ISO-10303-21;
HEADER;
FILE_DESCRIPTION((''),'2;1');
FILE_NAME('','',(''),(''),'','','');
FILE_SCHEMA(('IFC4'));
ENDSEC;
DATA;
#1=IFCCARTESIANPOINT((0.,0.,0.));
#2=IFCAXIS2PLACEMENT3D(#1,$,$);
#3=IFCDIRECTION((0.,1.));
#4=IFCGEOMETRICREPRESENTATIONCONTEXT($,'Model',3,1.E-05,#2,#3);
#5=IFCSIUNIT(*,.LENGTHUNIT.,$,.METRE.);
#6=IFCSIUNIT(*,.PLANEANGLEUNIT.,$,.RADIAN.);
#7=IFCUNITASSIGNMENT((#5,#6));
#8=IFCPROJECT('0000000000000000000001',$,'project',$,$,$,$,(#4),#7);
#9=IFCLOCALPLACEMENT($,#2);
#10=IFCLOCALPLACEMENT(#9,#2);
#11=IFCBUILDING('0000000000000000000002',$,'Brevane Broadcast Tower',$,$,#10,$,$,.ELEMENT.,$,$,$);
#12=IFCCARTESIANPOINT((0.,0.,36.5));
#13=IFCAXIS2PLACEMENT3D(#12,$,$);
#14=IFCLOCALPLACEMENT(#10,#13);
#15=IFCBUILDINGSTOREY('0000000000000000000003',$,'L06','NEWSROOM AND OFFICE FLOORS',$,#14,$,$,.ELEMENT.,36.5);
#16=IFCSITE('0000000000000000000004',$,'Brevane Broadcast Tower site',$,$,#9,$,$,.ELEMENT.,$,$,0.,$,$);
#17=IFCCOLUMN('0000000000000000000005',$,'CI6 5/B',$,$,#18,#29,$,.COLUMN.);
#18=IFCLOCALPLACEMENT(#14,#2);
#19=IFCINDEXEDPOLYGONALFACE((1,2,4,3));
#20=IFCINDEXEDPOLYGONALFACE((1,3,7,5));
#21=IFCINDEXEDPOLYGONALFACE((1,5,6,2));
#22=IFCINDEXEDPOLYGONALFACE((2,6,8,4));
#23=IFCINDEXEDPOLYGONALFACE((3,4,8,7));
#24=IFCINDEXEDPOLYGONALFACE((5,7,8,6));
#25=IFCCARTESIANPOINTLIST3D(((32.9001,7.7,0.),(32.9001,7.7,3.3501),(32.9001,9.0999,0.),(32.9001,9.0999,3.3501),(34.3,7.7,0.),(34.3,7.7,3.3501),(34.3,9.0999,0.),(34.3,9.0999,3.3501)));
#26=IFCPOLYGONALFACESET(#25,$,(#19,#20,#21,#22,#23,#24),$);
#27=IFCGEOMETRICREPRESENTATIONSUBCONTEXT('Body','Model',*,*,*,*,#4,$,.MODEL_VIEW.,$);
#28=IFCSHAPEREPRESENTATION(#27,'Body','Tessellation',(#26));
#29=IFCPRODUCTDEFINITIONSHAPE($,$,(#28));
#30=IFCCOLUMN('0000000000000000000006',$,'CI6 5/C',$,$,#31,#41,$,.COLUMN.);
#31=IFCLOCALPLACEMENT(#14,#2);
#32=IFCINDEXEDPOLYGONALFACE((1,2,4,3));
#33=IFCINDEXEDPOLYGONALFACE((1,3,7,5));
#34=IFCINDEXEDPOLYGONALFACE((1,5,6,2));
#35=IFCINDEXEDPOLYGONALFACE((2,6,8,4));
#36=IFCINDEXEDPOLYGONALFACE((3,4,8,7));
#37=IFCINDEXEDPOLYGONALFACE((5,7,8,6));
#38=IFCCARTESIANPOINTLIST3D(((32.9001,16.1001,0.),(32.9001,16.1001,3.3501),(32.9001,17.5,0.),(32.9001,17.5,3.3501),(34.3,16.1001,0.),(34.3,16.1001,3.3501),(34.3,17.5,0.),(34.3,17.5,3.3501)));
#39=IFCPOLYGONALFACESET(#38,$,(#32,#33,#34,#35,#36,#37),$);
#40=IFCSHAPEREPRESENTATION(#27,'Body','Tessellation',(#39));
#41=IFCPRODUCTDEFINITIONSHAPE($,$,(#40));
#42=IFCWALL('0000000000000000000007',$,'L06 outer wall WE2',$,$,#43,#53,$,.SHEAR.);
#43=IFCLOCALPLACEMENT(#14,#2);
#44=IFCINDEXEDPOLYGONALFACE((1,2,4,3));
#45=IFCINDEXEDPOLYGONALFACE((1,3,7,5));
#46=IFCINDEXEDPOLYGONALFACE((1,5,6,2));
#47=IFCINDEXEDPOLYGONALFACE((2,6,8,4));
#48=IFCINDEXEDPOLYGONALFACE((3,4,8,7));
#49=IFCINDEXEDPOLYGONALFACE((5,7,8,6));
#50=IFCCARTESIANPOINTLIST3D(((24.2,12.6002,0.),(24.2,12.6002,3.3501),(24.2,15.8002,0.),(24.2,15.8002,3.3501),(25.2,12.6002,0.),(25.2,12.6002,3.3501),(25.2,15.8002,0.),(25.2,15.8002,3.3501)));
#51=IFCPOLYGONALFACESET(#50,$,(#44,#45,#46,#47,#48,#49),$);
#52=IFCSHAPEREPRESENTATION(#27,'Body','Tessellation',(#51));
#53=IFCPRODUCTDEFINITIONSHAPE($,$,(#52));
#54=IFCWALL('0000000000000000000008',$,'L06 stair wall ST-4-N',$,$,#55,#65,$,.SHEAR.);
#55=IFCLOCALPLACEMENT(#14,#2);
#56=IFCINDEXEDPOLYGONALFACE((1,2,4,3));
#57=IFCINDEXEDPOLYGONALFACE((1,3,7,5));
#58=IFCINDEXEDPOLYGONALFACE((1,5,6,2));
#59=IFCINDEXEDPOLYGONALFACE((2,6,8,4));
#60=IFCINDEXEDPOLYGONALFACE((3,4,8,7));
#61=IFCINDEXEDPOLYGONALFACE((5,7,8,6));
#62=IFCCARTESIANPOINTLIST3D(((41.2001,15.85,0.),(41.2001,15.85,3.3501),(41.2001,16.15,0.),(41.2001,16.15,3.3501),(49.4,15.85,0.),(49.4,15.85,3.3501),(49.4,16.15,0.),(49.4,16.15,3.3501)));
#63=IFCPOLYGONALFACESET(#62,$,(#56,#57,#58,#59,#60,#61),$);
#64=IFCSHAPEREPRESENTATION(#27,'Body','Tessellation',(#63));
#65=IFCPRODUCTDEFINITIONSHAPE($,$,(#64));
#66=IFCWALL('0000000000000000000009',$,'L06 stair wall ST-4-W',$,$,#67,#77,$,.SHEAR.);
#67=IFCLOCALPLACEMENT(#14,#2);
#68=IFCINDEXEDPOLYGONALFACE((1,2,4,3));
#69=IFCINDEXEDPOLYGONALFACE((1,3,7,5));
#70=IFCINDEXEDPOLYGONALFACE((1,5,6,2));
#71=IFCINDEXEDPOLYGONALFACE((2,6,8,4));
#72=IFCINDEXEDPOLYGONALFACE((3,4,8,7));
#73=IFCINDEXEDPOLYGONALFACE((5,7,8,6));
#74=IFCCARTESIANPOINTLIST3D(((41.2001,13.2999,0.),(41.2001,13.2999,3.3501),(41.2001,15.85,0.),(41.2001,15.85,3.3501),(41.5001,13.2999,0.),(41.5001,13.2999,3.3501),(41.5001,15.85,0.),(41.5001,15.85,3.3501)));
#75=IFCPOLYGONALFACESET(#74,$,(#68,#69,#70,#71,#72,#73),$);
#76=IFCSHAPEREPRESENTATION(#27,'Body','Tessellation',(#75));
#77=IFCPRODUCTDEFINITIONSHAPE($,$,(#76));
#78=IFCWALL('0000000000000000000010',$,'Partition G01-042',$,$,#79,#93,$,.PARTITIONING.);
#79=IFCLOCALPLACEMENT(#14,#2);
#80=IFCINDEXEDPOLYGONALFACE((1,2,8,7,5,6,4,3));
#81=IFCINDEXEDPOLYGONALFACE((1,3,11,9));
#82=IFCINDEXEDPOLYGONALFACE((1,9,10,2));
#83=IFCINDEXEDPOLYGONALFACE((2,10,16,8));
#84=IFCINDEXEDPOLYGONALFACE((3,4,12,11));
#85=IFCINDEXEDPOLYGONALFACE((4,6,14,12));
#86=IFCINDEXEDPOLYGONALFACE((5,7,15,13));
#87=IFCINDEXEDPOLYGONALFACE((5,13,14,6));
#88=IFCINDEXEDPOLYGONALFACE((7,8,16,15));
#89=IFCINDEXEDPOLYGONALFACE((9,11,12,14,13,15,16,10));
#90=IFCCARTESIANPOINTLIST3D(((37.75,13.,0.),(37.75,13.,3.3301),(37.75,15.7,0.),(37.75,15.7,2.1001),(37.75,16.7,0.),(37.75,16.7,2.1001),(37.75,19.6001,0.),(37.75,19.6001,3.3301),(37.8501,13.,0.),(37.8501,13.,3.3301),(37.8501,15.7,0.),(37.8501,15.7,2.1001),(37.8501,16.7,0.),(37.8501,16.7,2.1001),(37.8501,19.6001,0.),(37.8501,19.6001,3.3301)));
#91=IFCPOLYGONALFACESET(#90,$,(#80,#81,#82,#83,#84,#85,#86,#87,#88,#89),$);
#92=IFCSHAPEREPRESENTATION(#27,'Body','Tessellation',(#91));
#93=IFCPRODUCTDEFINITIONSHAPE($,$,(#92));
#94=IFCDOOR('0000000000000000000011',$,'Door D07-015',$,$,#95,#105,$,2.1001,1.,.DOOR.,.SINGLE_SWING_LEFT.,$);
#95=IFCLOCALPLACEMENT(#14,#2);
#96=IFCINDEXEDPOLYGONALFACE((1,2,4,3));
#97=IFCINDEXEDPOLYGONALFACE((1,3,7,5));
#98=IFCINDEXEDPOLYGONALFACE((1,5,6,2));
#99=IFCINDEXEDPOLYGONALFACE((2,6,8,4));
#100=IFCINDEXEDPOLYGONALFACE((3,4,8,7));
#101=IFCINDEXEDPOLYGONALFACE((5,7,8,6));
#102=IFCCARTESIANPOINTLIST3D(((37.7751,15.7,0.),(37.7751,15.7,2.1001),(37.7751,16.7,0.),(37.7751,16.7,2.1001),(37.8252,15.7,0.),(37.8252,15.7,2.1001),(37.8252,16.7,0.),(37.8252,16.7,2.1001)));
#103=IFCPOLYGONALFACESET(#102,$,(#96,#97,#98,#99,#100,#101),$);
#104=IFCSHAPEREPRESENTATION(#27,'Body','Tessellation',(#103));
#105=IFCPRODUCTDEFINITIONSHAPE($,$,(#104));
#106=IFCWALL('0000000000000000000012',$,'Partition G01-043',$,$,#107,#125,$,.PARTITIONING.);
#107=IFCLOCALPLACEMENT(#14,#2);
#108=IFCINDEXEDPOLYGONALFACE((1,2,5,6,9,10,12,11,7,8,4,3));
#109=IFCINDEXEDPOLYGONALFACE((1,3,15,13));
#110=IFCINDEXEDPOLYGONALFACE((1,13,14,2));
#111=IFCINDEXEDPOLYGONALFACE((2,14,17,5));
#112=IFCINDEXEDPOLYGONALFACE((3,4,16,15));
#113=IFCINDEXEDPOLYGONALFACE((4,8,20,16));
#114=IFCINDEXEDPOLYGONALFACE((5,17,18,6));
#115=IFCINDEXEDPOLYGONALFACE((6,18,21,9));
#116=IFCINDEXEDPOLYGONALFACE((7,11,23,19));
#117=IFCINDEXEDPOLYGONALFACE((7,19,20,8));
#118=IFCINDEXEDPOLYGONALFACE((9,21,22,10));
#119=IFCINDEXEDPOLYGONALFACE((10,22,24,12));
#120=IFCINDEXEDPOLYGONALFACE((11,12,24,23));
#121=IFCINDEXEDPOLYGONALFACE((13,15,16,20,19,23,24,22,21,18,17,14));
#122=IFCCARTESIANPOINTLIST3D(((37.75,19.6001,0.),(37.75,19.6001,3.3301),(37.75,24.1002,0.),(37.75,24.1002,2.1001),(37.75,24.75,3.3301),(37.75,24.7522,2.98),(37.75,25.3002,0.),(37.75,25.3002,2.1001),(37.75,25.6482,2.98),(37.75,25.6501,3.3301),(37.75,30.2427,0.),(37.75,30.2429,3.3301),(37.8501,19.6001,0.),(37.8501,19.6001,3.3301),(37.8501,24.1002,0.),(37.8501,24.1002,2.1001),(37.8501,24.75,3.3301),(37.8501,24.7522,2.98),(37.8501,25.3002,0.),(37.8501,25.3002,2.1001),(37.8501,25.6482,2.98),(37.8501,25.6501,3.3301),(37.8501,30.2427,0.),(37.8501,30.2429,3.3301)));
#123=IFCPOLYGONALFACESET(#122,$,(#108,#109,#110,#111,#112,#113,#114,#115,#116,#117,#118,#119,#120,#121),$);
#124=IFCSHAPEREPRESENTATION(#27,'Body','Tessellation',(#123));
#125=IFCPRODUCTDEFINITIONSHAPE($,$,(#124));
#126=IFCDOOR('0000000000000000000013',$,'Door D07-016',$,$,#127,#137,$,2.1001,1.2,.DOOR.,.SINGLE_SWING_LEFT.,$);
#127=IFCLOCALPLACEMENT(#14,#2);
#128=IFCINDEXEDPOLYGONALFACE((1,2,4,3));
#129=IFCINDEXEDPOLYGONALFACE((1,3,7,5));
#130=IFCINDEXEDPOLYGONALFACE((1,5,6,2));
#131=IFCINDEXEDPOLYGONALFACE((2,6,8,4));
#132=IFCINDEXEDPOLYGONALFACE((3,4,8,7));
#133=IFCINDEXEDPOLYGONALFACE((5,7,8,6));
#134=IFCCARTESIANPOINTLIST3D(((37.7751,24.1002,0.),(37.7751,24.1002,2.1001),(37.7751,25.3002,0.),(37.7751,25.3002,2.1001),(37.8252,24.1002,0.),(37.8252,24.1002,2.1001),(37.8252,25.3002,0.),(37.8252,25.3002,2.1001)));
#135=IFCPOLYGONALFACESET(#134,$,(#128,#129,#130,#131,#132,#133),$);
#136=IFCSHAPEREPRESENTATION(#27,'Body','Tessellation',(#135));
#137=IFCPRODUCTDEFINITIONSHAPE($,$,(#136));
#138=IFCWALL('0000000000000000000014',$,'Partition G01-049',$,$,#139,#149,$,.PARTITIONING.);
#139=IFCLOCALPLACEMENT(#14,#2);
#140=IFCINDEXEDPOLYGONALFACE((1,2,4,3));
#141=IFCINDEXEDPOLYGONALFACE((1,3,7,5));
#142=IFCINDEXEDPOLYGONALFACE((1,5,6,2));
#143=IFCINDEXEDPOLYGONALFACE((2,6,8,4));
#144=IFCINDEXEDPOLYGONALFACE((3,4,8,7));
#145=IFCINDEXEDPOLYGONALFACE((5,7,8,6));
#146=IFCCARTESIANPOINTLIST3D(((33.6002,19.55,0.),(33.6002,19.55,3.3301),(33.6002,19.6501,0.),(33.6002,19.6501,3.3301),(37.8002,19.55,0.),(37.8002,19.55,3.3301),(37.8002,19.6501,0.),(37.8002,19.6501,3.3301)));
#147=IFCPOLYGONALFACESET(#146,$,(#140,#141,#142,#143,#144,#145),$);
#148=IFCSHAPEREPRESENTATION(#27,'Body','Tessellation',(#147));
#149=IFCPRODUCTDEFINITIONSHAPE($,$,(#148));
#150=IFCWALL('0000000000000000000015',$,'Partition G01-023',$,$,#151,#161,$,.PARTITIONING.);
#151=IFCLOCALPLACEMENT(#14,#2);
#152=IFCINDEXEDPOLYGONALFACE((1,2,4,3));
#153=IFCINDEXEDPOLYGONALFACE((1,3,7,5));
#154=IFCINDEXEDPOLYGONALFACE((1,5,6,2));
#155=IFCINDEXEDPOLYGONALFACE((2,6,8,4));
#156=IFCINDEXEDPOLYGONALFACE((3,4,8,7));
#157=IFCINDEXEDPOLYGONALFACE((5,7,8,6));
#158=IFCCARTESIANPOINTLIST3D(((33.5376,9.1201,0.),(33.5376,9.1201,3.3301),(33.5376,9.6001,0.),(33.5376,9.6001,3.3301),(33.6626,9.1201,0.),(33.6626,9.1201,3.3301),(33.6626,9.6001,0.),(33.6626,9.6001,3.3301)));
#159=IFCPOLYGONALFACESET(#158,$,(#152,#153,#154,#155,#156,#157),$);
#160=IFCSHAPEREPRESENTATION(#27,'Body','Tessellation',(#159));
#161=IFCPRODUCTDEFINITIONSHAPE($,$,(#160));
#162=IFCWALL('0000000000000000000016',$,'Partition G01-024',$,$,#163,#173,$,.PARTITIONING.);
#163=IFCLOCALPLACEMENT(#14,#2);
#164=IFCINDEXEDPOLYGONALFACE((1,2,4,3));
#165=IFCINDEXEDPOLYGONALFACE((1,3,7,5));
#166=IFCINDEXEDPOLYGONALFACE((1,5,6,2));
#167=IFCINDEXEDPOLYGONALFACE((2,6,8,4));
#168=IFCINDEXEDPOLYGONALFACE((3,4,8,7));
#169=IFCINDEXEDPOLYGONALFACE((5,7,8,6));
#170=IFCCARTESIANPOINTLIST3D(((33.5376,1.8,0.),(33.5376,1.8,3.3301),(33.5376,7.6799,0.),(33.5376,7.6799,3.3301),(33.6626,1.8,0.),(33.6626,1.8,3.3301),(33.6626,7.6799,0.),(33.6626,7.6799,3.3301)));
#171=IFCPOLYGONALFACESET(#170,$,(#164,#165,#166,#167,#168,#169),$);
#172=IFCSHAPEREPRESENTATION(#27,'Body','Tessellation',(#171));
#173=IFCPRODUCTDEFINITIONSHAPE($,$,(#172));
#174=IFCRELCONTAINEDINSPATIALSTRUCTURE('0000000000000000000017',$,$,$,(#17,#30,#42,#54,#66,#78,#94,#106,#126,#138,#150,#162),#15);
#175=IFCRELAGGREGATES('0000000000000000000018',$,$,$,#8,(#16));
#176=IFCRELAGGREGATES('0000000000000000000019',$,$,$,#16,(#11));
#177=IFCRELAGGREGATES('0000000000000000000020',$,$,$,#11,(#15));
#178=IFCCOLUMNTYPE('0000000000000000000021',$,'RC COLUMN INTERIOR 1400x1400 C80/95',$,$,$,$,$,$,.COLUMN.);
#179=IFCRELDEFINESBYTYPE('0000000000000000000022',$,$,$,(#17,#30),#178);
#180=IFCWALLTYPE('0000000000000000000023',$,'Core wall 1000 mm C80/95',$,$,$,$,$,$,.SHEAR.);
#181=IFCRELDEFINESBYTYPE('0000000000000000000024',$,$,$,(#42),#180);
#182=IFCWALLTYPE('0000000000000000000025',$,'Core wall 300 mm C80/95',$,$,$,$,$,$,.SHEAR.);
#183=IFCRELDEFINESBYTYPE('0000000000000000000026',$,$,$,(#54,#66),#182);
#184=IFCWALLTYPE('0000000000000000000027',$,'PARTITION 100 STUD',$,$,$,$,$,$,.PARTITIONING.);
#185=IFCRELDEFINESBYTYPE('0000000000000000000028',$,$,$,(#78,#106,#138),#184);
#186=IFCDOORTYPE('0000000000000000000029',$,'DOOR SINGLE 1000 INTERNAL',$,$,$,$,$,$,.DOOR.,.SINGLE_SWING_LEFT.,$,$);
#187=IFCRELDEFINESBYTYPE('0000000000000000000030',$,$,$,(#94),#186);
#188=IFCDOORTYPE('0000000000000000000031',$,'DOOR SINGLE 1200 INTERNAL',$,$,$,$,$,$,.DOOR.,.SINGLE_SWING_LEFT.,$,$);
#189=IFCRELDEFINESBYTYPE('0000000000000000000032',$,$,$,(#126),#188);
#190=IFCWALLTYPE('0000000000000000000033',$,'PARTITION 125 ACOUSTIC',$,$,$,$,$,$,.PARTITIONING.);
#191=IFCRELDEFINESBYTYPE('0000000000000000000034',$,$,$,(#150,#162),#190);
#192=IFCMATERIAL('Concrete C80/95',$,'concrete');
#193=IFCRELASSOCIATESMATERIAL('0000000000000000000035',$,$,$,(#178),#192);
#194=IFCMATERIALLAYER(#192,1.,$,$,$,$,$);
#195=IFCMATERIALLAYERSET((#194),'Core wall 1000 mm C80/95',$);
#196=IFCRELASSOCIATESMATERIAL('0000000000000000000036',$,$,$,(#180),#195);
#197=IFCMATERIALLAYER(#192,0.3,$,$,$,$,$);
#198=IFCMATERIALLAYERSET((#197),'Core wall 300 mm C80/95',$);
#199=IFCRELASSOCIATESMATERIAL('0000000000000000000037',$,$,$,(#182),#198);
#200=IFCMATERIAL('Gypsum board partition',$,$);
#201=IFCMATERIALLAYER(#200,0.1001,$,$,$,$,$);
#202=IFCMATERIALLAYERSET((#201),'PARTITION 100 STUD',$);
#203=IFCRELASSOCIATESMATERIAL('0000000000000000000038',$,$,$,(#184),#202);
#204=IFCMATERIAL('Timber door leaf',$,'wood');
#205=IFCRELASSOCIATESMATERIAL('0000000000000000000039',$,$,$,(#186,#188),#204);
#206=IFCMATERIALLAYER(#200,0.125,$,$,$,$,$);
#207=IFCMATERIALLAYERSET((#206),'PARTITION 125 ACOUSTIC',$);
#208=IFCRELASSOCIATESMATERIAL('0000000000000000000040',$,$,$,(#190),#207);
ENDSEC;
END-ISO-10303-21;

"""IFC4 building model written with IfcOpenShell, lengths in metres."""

from ifc_helpers import new_model, si_unit, direction, frame, frame_2d, origin, origin_2d, place, context, subcontext, project, spatial, polyline, rectangle, outline, extrude, material, layer, layer_set, material_profile, profile_set, type_object, element, fill, save


model = new_model("IFC4")

# Units and contexts
model_context = context("Model", 3, precision=1e-05, world=origin(), true_north=direction((0.0, 1.0)))
body_context = subcontext(model_context, "Body", "Model", "MODEL_VIEW")
ifc_project = project(units=[si_unit("LENGTHUNIT", "METRE"), si_unit("PLANEANGLEUNIT", "RADIAN")], contexts=[model_context])

# Site, building, storey
site_placement = place(None, origin())
site = spatial("IfcSite", under=ifc_project, at=site_placement, Name="Brevane Broadcast Tower site", CompositionType="ELEMENT", RefElevation=0.0)
building_placement = place(site_placement, origin())
building = spatial("IfcBuilding", under=site, at=building_placement, Name="Brevane Broadcast Tower", CompositionType="ELEMENT")
storey_placement = place(building_placement, frame((0.0, 0.0, 36.5)))
storey = spatial("IfcBuildingStorey", under=building, at=storey_placement, Name="L06", Description="NEWSROOM AND OFFICE FLOORS", CompositionType="ELEMENT", Elevation=36.5)

# Columns
ifc_material_1 = material(Name="Concrete C80/95", Category="concrete")
ifc_material_profile = material_profile(ifc_material_1, rectangle(XDim=1.3999, YDim=1.3999, at=origin_2d()), Name="RC 1400x1400")
ifc_profile_set = profile_set([ifc_material_profile], Name="Concrete C80/95")
column_type = type_object("IfcColumnType", Name="RC COLUMN INTERIOR 1400x1400 C80/95", PredefinedType="COLUMN", material=ifc_profile_set)
for number, where, z_axis, x_axis, name in (
    (1, (33.6001, 8.3999, 0.0), (0.0, 0.0, 1.0), (1.0, 0.0, 0.0), "CI6 5/B"),
    (2, (33.6001, 16.8, 0.0), (0.0, 0.0, 1.0), (1.0, 0.0, 0.0), "CI6 5/C"),
):
    element("IfcColumn", number, at=place(storey_placement, frame(where, z_axis=z_axis, x_axis=x_axis)), inside=storey, type_object=column_type, Name=name, PredefinedType="COLUMN", context=body_context, shape_type="SweptSolid", body=[
        extrude(rectangle(XDim=1.3999, YDim=1.3999, at=origin_2d()), origin(), (0.0, 0.0, 1.0), 3.3501),
    ])

# Walls
ifc_layer_1 = layer(ifc_material_1, 1.0)
ifc_layer_set_1 = layer_set([ifc_layer_1], Name="Core wall 1000 mm C80/95")
wall_type_1 = type_object("IfcWallType", Name="Core wall 1000 mm C80/95", PredefinedType="SHEAR", material=ifc_layer_set_1)
wall_1_placement = place(storey_placement, frame((24.7, 12.6001, 0.0), z_axis=(0.0, 0.0, 1.0), x_axis=(0.0, 1.0, 0.0)))
element("IfcWall", 3, at=wall_1_placement, inside=storey, type_object=wall_type_1, Name="L06 outer wall WE2", PredefinedType="SHEAR", context=body_context, shape_type="SweptSolid", body=[
    extrude(rectangle(XDim=3.2, YDim=1.0, at=frame_2d((1.6001, 0.0))), origin(), (0.0, 0.0, 1.0), 3.3501),
])
ifc_layer_2 = layer(ifc_material_1, 0.3)
ifc_layer_set_2 = layer_set([ifc_layer_2], Name="Core wall 300 mm C80/95")
wall_type_2 = type_object("IfcWallType", Name="Core wall 300 mm C80/95", PredefinedType="SHEAR", material=ifc_layer_set_2)
wall_2_placement = place(storey_placement, frame((41.2, 16.0, 0.0), z_axis=(0.0, 0.0, 1.0), x_axis=(1.0, 0.0, 0.0)))
element("IfcWall", 4, at=wall_2_placement, inside=storey, type_object=wall_type_2, Name="L06 stair wall ST-4-N", PredefinedType="SHEAR", context=body_context, shape_type="SweptSolid", body=[
    extrude(rectangle(XDim=8.2, YDim=0.3, at=frame_2d((4.1001, 0.0))), origin(), (0.0, 0.0, 1.0), 3.3501),
])
wall_3_placement = place(storey_placement, frame((41.3501, 13.3, 0.0), z_axis=(0.0, 0.0, 1.0), x_axis=(0.0, 1.0, 0.0)))
element("IfcWall", 5, at=wall_3_placement, inside=storey, type_object=wall_type_2, Name="L06 stair wall ST-4-W", PredefinedType="SHEAR", context=body_context, shape_type="SweptSolid", body=[
    extrude(rectangle(XDim=2.55, YDim=0.3, at=frame_2d((1.2749, 0.0))), origin(), (0.0, 0.0, 1.0), 3.3501),
])

# Walls, openings, doors
ifc_material_2 = material(Name="Gypsum board partition")
ifc_layer_3 = layer(ifc_material_2, 0.1001)
ifc_layer_set_3 = layer_set([ifc_layer_3], Name="PARTITION 100 STUD")
wall_type_3 = type_object("IfcWallType", Name="PARTITION 100 STUD", PredefinedType="PARTITIONING", material=ifc_layer_set_3)
wall_4_placement = place(storey_placement, frame((37.8, 13.0, 0.0), z_axis=(0.0, 0.0, 1.0), x_axis=(0.0, 1.0, 0.0)))
wall_4 = element("IfcWall", 6, at=wall_4_placement, inside=storey, type_object=wall_type_3, Name="Partition G01-042", PredefinedType="PARTITIONING", context=body_context, shape_type="SweptSolid", body=[
    extrude(rectangle(XDim=6.6001, YDim=0.1001, at=frame_2d((3.3, 0.0))), origin(), (0.0, 0.0, 1.0), 3.3301),
])
opening_1_placement = place(wall_4_placement, frame((2.7, 0.0, 0.0)))
opening_1 = element("IfcOpeningElement", 7, at=opening_1_placement, cuts=wall_4, PredefinedType="OPENING", context=body_context, shape_type="SweptSolid", body=[
    extrude(rectangle(XDim=1.0, YDim=2.1001, at=frame_2d((0.5, 1.05))), frame((0.0, 0.0601, 0.0), z_axis=(0.0, -1.0, 0.0), x_axis=(1.0, 0.0, 0.0)), (0.0, 0.0, 1.0), 0.1201),
])
ifc_material_3 = material(Name="Timber door leaf", Category="wood")
door_type_1 = type_object("IfcDoorType", Name="DOOR SINGLE 1000 INTERNAL", OperationType="SINGLE_SWING_LEFT", PredefinedType="DOOR", material=ifc_material_3)
door_1_placement = place(opening_1_placement, origin())
door_1 = element("IfcDoor", 8, at=door_1_placement, inside=storey, type_object=door_type_1, Name="Door D07-015", OperationType="SINGLE_SWING_LEFT", OverallHeight=2.1001, OverallWidth=1.0, PredefinedType="DOOR", context=body_context, shape_type="SweptSolid", body=[
    extrude(rectangle(XDim=1.0, YDim=2.1001, at=frame_2d((0.5, 1.05))), frame((0.0, 0.0249, 0.0), z_axis=(0.0, -1.0, 0.0), x_axis=(1.0, 0.0, 0.0)), (0.0, 0.0, 1.0), 0.05),
])
fill(opening_1, door_1)
wall_5_placement = place(storey_placement, frame((37.8, 19.6001, 0.0), z_axis=(0.0, 0.0, 1.0), x_axis=(0.0, 1.0, 0.0)))
wall_5 = element("IfcWall", 9, at=wall_5_placement, inside=storey, type_object=wall_type_3, Name="Partition G01-043", PredefinedType="PARTITIONING", context=body_context, shape_type="SweptSolid", body=[
    extrude(outline(polyline([(0.0, 0.0), (10.6426, 0.0), (10.6428, 3.3301), (6.05, 3.3301), (6.0481, 2.98), (5.1521, 2.98), (5.1499, 3.3301), (0.0, 3.3301), (0.0, 0.0)])), frame((0.0, 0.05, 0.0), z_axis=(0.0, -1.0, 0.0), x_axis=(1.0, 0.0, 0.0)), (0.0, 0.0, 1.0), 0.1001),
])
opening_2_placement = place(wall_5_placement, frame((4.5, 0.0, 0.0)))
opening_2 = element("IfcOpeningElement", 10, at=opening_2_placement, cuts=wall_5, PredefinedType="OPENING", context=body_context, shape_type="SweptSolid", body=[
    extrude(rectangle(XDim=1.2, YDim=2.1001, at=frame_2d((0.6001, 1.05))), frame((0.0, 0.0601, 0.0), z_axis=(0.0, -1.0, 0.0), x_axis=(1.0, 0.0, 0.0)), (0.0, 0.0, 1.0), 0.1201),
])
door_type_2 = type_object("IfcDoorType", Name="DOOR SINGLE 1200 INTERNAL", OperationType="SINGLE_SWING_LEFT", PredefinedType="DOOR", material=ifc_material_3)
door_2_placement = place(opening_2_placement, origin())
door_2 = element("IfcDoor", 11, at=door_2_placement, inside=storey, type_object=door_type_2, Name="Door D07-016", OperationType="SINGLE_SWING_LEFT", OverallHeight=2.1001, OverallWidth=1.2, PredefinedType="DOOR", context=body_context, shape_type="SweptSolid", body=[
    extrude(rectangle(XDim=1.2, YDim=2.1001, at=frame_2d((0.6001, 1.05))), frame((0.0, 0.0249, 0.0), z_axis=(0.0, -1.0, 0.0), x_axis=(1.0, 0.0, 0.0)), (0.0, 0.0, 1.0), 0.05),
])
fill(opening_2, door_2)

# Walls
wall_6_placement = place(storey_placement, frame((33.6001, 19.6001, 0.0), z_axis=(0.0, 0.0, 1.0), x_axis=(1.0, 0.0, 0.0)))
element("IfcWall", 12, at=wall_6_placement, inside=storey, type_object=wall_type_3, Name="Partition G01-049", PredefinedType="PARTITIONING", context=body_context, shape_type="SweptSolid", body=[
    extrude(rectangle(XDim=4.2, YDim=0.1001, at=frame_2d((2.1001, 0.0))), origin(), (0.0, 0.0, 1.0), 3.3301),
])
ifc_layer_4 = layer(ifc_material_2, 0.125)
ifc_layer_set_4 = layer_set([ifc_layer_4], Name="PARTITION 125 ACOUSTIC")
wall_type_4 = type_object("IfcWallType", Name="PARTITION 125 ACOUSTIC", PredefinedType="PARTITIONING", material=ifc_layer_set_4)
wall_7_placement = place(storey_placement, frame((33.6001, 9.6001, 0.0), z_axis=(0.0, 0.0, 1.0), x_axis=(0.0, -1.0, 0.0)))
element("IfcWall", 13, at=wall_7_placement, inside=storey, type_object=wall_type_4, Name="Partition G01-023", PredefinedType="PARTITIONING", context=body_context, shape_type="SweptSolid", body=[
    extrude(rectangle(XDim=0.48, YDim=0.125, at=frame_2d((0.24, 0.0))), origin(), (0.0, 0.0, 1.0), 3.3301),
])
wall_8_placement = place(storey_placement, frame((33.6001, 7.6799, 0.0), z_axis=(0.0, 0.0, 1.0), x_axis=(0.0, -1.0, 0.0)))
element("IfcWall", 14, at=wall_8_placement, inside=storey, type_object=wall_type_4, Name="Partition G01-024", PredefinedType="PARTITIONING", context=body_context, shape_type="SweptSolid", body=[
    extrude(rectangle(XDim=5.8799, YDim=0.125, at=frame_2d((2.9399, 0.0))), origin(), (0.0, 0.0, 1.0), 3.3301),
])

save(model, "model.ifc")
